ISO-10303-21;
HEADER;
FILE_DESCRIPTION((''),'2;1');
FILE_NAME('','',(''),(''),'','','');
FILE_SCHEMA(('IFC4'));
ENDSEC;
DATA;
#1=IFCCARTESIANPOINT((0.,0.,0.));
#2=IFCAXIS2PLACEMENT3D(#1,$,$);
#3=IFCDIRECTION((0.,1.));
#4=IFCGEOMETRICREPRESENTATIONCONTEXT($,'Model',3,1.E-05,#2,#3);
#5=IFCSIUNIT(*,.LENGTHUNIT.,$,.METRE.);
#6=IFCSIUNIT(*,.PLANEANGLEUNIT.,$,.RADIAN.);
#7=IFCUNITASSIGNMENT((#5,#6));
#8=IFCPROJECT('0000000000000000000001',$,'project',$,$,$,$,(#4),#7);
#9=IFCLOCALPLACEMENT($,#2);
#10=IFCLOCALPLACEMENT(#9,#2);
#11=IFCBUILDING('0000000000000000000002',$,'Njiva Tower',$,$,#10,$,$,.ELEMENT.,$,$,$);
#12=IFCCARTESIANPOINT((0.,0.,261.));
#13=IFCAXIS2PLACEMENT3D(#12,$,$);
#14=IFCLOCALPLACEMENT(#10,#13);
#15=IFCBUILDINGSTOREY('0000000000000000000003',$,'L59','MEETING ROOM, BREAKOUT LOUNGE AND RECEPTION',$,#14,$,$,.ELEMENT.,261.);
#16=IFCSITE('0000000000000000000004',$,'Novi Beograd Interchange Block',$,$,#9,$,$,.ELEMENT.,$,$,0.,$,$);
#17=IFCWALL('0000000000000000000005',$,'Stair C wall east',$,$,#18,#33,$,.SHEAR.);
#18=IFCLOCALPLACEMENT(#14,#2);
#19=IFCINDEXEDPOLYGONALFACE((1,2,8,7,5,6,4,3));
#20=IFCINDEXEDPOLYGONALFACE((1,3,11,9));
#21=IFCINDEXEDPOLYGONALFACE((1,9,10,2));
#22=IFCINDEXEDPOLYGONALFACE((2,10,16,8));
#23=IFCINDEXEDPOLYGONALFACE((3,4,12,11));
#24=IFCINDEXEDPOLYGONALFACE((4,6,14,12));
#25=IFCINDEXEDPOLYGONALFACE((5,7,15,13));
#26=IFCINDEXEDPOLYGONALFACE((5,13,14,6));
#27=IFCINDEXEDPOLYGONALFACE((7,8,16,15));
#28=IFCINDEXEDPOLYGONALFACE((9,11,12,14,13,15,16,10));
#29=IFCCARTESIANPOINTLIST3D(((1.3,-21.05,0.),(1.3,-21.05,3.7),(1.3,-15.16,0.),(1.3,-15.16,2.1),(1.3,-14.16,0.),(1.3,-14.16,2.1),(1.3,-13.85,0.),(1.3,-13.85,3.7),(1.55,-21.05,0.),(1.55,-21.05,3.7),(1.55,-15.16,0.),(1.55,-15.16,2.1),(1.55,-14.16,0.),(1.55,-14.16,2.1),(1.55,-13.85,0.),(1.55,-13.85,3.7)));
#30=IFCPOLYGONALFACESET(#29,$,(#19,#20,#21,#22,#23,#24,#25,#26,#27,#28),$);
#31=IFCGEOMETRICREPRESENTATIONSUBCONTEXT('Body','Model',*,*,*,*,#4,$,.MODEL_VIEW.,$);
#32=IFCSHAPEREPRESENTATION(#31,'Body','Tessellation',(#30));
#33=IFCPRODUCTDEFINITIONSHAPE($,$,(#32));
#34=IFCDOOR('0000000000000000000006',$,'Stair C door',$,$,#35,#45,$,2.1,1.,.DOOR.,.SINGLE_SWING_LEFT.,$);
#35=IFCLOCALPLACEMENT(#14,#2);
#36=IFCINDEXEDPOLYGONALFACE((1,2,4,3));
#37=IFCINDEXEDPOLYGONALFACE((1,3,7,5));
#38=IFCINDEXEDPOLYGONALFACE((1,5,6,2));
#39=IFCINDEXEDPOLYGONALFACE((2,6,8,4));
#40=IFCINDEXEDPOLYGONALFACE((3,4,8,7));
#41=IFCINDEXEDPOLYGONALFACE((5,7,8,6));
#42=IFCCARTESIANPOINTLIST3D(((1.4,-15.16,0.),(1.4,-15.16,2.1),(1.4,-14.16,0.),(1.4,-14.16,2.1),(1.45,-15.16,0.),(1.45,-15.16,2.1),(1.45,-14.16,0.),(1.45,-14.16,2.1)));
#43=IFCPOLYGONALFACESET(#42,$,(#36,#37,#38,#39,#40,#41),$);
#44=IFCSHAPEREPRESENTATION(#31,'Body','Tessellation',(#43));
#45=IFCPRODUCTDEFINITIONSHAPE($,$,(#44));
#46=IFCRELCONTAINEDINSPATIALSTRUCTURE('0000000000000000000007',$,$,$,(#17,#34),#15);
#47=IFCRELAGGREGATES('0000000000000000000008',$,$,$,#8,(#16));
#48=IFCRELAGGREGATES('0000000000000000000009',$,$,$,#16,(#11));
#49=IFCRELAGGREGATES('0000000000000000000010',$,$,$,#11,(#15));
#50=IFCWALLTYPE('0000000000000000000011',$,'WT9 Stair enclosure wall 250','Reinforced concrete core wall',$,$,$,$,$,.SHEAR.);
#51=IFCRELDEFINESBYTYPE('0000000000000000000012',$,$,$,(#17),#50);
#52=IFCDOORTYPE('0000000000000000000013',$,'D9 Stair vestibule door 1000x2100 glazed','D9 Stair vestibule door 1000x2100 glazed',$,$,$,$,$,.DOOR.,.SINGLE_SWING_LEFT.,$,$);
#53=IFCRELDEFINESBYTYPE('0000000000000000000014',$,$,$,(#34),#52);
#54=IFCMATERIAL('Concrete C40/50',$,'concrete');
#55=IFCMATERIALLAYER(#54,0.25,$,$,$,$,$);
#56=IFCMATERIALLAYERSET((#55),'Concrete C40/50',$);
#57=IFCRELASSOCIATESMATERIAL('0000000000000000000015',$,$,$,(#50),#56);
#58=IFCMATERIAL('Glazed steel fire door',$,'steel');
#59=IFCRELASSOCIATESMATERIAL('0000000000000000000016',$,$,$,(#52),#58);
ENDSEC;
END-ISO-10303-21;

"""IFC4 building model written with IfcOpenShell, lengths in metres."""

from ifc_helpers import new_model, si_unit, direction, frame, frame_2d, origin, place, context, subcontext, project, spatial, rectangle, extrude, material, layer, layer_set, type_object, element, fill, save


model = new_model("IFC4")

# Units and contexts
model_context = context("Model", 3, precision=1e-05, world=origin(), true_north=direction((0.0, 1.0)))
body_context = subcontext(model_context, "Body", "Model", "MODEL_VIEW")
ifc_project = project(units=[si_unit("LENGTHUNIT", "METRE"), si_unit("PLANEANGLEUNIT", "RADIAN")], contexts=[model_context])

# Site, building, storey
site_placement = place(None, origin())
site = spatial("IfcSite", under=ifc_project, at=site_placement, Name="Novi Beograd Interchange Block", CompositionType="ELEMENT", RefElevation=0.0)
building_placement = place(site_placement, origin())
building = spatial("IfcBuilding", under=site, at=building_placement, Name="Njiva Tower", CompositionType="ELEMENT")
storey_placement = place(building_placement, frame((0.0, 0.0, 261.0)))
storey = spatial("IfcBuildingStorey", under=building, at=storey_placement, Name="L59", Description="MEETING ROOM, BREAKOUT LOUNGE AND RECEPTION", CompositionType="ELEMENT", Elevation=261.0)

# Wall, opening, door
ifc_material_1 = material(Name="Concrete C40/50", Category="concrete")
ifc_layer_1 = layer(ifc_material_1, 0.25)
ifc_layer_set_1 = layer_set([ifc_layer_1], Name="Concrete C40/50")
wall_type_1 = type_object("IfcWallType", Name="WT9 Stair enclosure wall 250", Description="Reinforced concrete core wall", PredefinedType="SHEAR", material=ifc_layer_set_1)
wall_1_placement = place(storey_placement, frame((1.425, -21.05, 0.0), z_axis=(0.0, 0.0, 1.0), x_axis=(0.0, 1.0, 0.0)))
wall_1 = element("IfcWall", 1, at=wall_1_placement, inside=storey, type_object=wall_type_1, Name="Stair C wall east", PredefinedType="SHEAR", context=body_context, shape_type="SweptSolid", body=[
    extrude(rectangle(XDim=7.2, YDim=0.25, at=frame_2d((3.6, 0.0))), origin(), (0.0, 0.0, 1.0), 3.7),
])
opening_1_placement = place(wall_1_placement, frame((5.89, 0.0, 0.0)))
opening_1 = element("IfcOpeningElement", 2, at=opening_1_placement, cuts=wall_1, PredefinedType="OPENING", context=body_context, shape_type="SweptSolid", body=[
    extrude(rectangle(XDim=1.0, YDim=2.1, at=frame_2d((0.5, 1.05))), frame((0.0, 0.135, 0.0), z_axis=(0.0, -1.0, 0.0), x_axis=(1.0, 0.0, 0.0)), (0.0, 0.0, 1.0), 0.27),
])
ifc_material_2 = material(Name="Glazed steel fire door", Category="steel")
door_type = type_object("IfcDoorType", Name="D9 Stair vestibule door 1000x2100 glazed", Description="D9 Stair vestibule door 1000x2100 glazed", OperationType="SINGLE_SWING_LEFT", PredefinedType="DOOR", material=ifc_material_2)
door_placement = place(opening_1_placement, origin())
door = element("IfcDoor", 3, at=door_placement, inside=storey, type_object=door_type, Name="Stair C door", OperationType="SINGLE_SWING_LEFT", OverallHeight=2.1, OverallWidth=1.0, PredefinedType="DOOR", context=body_context, shape_type="SweptSolid", body=[
    extrude(rectangle(XDim=1.0, YDim=2.1, at=frame_2d((0.5, 1.05))), frame((0.0, 0.025, 0.0), z_axis=(0.0, -1.0, 0.0), x_axis=(1.0, 0.0, 0.0)), (0.0, 0.0, 1.0), 0.05),
])
fill(opening_1, door)

save(model, "model.ifc")
